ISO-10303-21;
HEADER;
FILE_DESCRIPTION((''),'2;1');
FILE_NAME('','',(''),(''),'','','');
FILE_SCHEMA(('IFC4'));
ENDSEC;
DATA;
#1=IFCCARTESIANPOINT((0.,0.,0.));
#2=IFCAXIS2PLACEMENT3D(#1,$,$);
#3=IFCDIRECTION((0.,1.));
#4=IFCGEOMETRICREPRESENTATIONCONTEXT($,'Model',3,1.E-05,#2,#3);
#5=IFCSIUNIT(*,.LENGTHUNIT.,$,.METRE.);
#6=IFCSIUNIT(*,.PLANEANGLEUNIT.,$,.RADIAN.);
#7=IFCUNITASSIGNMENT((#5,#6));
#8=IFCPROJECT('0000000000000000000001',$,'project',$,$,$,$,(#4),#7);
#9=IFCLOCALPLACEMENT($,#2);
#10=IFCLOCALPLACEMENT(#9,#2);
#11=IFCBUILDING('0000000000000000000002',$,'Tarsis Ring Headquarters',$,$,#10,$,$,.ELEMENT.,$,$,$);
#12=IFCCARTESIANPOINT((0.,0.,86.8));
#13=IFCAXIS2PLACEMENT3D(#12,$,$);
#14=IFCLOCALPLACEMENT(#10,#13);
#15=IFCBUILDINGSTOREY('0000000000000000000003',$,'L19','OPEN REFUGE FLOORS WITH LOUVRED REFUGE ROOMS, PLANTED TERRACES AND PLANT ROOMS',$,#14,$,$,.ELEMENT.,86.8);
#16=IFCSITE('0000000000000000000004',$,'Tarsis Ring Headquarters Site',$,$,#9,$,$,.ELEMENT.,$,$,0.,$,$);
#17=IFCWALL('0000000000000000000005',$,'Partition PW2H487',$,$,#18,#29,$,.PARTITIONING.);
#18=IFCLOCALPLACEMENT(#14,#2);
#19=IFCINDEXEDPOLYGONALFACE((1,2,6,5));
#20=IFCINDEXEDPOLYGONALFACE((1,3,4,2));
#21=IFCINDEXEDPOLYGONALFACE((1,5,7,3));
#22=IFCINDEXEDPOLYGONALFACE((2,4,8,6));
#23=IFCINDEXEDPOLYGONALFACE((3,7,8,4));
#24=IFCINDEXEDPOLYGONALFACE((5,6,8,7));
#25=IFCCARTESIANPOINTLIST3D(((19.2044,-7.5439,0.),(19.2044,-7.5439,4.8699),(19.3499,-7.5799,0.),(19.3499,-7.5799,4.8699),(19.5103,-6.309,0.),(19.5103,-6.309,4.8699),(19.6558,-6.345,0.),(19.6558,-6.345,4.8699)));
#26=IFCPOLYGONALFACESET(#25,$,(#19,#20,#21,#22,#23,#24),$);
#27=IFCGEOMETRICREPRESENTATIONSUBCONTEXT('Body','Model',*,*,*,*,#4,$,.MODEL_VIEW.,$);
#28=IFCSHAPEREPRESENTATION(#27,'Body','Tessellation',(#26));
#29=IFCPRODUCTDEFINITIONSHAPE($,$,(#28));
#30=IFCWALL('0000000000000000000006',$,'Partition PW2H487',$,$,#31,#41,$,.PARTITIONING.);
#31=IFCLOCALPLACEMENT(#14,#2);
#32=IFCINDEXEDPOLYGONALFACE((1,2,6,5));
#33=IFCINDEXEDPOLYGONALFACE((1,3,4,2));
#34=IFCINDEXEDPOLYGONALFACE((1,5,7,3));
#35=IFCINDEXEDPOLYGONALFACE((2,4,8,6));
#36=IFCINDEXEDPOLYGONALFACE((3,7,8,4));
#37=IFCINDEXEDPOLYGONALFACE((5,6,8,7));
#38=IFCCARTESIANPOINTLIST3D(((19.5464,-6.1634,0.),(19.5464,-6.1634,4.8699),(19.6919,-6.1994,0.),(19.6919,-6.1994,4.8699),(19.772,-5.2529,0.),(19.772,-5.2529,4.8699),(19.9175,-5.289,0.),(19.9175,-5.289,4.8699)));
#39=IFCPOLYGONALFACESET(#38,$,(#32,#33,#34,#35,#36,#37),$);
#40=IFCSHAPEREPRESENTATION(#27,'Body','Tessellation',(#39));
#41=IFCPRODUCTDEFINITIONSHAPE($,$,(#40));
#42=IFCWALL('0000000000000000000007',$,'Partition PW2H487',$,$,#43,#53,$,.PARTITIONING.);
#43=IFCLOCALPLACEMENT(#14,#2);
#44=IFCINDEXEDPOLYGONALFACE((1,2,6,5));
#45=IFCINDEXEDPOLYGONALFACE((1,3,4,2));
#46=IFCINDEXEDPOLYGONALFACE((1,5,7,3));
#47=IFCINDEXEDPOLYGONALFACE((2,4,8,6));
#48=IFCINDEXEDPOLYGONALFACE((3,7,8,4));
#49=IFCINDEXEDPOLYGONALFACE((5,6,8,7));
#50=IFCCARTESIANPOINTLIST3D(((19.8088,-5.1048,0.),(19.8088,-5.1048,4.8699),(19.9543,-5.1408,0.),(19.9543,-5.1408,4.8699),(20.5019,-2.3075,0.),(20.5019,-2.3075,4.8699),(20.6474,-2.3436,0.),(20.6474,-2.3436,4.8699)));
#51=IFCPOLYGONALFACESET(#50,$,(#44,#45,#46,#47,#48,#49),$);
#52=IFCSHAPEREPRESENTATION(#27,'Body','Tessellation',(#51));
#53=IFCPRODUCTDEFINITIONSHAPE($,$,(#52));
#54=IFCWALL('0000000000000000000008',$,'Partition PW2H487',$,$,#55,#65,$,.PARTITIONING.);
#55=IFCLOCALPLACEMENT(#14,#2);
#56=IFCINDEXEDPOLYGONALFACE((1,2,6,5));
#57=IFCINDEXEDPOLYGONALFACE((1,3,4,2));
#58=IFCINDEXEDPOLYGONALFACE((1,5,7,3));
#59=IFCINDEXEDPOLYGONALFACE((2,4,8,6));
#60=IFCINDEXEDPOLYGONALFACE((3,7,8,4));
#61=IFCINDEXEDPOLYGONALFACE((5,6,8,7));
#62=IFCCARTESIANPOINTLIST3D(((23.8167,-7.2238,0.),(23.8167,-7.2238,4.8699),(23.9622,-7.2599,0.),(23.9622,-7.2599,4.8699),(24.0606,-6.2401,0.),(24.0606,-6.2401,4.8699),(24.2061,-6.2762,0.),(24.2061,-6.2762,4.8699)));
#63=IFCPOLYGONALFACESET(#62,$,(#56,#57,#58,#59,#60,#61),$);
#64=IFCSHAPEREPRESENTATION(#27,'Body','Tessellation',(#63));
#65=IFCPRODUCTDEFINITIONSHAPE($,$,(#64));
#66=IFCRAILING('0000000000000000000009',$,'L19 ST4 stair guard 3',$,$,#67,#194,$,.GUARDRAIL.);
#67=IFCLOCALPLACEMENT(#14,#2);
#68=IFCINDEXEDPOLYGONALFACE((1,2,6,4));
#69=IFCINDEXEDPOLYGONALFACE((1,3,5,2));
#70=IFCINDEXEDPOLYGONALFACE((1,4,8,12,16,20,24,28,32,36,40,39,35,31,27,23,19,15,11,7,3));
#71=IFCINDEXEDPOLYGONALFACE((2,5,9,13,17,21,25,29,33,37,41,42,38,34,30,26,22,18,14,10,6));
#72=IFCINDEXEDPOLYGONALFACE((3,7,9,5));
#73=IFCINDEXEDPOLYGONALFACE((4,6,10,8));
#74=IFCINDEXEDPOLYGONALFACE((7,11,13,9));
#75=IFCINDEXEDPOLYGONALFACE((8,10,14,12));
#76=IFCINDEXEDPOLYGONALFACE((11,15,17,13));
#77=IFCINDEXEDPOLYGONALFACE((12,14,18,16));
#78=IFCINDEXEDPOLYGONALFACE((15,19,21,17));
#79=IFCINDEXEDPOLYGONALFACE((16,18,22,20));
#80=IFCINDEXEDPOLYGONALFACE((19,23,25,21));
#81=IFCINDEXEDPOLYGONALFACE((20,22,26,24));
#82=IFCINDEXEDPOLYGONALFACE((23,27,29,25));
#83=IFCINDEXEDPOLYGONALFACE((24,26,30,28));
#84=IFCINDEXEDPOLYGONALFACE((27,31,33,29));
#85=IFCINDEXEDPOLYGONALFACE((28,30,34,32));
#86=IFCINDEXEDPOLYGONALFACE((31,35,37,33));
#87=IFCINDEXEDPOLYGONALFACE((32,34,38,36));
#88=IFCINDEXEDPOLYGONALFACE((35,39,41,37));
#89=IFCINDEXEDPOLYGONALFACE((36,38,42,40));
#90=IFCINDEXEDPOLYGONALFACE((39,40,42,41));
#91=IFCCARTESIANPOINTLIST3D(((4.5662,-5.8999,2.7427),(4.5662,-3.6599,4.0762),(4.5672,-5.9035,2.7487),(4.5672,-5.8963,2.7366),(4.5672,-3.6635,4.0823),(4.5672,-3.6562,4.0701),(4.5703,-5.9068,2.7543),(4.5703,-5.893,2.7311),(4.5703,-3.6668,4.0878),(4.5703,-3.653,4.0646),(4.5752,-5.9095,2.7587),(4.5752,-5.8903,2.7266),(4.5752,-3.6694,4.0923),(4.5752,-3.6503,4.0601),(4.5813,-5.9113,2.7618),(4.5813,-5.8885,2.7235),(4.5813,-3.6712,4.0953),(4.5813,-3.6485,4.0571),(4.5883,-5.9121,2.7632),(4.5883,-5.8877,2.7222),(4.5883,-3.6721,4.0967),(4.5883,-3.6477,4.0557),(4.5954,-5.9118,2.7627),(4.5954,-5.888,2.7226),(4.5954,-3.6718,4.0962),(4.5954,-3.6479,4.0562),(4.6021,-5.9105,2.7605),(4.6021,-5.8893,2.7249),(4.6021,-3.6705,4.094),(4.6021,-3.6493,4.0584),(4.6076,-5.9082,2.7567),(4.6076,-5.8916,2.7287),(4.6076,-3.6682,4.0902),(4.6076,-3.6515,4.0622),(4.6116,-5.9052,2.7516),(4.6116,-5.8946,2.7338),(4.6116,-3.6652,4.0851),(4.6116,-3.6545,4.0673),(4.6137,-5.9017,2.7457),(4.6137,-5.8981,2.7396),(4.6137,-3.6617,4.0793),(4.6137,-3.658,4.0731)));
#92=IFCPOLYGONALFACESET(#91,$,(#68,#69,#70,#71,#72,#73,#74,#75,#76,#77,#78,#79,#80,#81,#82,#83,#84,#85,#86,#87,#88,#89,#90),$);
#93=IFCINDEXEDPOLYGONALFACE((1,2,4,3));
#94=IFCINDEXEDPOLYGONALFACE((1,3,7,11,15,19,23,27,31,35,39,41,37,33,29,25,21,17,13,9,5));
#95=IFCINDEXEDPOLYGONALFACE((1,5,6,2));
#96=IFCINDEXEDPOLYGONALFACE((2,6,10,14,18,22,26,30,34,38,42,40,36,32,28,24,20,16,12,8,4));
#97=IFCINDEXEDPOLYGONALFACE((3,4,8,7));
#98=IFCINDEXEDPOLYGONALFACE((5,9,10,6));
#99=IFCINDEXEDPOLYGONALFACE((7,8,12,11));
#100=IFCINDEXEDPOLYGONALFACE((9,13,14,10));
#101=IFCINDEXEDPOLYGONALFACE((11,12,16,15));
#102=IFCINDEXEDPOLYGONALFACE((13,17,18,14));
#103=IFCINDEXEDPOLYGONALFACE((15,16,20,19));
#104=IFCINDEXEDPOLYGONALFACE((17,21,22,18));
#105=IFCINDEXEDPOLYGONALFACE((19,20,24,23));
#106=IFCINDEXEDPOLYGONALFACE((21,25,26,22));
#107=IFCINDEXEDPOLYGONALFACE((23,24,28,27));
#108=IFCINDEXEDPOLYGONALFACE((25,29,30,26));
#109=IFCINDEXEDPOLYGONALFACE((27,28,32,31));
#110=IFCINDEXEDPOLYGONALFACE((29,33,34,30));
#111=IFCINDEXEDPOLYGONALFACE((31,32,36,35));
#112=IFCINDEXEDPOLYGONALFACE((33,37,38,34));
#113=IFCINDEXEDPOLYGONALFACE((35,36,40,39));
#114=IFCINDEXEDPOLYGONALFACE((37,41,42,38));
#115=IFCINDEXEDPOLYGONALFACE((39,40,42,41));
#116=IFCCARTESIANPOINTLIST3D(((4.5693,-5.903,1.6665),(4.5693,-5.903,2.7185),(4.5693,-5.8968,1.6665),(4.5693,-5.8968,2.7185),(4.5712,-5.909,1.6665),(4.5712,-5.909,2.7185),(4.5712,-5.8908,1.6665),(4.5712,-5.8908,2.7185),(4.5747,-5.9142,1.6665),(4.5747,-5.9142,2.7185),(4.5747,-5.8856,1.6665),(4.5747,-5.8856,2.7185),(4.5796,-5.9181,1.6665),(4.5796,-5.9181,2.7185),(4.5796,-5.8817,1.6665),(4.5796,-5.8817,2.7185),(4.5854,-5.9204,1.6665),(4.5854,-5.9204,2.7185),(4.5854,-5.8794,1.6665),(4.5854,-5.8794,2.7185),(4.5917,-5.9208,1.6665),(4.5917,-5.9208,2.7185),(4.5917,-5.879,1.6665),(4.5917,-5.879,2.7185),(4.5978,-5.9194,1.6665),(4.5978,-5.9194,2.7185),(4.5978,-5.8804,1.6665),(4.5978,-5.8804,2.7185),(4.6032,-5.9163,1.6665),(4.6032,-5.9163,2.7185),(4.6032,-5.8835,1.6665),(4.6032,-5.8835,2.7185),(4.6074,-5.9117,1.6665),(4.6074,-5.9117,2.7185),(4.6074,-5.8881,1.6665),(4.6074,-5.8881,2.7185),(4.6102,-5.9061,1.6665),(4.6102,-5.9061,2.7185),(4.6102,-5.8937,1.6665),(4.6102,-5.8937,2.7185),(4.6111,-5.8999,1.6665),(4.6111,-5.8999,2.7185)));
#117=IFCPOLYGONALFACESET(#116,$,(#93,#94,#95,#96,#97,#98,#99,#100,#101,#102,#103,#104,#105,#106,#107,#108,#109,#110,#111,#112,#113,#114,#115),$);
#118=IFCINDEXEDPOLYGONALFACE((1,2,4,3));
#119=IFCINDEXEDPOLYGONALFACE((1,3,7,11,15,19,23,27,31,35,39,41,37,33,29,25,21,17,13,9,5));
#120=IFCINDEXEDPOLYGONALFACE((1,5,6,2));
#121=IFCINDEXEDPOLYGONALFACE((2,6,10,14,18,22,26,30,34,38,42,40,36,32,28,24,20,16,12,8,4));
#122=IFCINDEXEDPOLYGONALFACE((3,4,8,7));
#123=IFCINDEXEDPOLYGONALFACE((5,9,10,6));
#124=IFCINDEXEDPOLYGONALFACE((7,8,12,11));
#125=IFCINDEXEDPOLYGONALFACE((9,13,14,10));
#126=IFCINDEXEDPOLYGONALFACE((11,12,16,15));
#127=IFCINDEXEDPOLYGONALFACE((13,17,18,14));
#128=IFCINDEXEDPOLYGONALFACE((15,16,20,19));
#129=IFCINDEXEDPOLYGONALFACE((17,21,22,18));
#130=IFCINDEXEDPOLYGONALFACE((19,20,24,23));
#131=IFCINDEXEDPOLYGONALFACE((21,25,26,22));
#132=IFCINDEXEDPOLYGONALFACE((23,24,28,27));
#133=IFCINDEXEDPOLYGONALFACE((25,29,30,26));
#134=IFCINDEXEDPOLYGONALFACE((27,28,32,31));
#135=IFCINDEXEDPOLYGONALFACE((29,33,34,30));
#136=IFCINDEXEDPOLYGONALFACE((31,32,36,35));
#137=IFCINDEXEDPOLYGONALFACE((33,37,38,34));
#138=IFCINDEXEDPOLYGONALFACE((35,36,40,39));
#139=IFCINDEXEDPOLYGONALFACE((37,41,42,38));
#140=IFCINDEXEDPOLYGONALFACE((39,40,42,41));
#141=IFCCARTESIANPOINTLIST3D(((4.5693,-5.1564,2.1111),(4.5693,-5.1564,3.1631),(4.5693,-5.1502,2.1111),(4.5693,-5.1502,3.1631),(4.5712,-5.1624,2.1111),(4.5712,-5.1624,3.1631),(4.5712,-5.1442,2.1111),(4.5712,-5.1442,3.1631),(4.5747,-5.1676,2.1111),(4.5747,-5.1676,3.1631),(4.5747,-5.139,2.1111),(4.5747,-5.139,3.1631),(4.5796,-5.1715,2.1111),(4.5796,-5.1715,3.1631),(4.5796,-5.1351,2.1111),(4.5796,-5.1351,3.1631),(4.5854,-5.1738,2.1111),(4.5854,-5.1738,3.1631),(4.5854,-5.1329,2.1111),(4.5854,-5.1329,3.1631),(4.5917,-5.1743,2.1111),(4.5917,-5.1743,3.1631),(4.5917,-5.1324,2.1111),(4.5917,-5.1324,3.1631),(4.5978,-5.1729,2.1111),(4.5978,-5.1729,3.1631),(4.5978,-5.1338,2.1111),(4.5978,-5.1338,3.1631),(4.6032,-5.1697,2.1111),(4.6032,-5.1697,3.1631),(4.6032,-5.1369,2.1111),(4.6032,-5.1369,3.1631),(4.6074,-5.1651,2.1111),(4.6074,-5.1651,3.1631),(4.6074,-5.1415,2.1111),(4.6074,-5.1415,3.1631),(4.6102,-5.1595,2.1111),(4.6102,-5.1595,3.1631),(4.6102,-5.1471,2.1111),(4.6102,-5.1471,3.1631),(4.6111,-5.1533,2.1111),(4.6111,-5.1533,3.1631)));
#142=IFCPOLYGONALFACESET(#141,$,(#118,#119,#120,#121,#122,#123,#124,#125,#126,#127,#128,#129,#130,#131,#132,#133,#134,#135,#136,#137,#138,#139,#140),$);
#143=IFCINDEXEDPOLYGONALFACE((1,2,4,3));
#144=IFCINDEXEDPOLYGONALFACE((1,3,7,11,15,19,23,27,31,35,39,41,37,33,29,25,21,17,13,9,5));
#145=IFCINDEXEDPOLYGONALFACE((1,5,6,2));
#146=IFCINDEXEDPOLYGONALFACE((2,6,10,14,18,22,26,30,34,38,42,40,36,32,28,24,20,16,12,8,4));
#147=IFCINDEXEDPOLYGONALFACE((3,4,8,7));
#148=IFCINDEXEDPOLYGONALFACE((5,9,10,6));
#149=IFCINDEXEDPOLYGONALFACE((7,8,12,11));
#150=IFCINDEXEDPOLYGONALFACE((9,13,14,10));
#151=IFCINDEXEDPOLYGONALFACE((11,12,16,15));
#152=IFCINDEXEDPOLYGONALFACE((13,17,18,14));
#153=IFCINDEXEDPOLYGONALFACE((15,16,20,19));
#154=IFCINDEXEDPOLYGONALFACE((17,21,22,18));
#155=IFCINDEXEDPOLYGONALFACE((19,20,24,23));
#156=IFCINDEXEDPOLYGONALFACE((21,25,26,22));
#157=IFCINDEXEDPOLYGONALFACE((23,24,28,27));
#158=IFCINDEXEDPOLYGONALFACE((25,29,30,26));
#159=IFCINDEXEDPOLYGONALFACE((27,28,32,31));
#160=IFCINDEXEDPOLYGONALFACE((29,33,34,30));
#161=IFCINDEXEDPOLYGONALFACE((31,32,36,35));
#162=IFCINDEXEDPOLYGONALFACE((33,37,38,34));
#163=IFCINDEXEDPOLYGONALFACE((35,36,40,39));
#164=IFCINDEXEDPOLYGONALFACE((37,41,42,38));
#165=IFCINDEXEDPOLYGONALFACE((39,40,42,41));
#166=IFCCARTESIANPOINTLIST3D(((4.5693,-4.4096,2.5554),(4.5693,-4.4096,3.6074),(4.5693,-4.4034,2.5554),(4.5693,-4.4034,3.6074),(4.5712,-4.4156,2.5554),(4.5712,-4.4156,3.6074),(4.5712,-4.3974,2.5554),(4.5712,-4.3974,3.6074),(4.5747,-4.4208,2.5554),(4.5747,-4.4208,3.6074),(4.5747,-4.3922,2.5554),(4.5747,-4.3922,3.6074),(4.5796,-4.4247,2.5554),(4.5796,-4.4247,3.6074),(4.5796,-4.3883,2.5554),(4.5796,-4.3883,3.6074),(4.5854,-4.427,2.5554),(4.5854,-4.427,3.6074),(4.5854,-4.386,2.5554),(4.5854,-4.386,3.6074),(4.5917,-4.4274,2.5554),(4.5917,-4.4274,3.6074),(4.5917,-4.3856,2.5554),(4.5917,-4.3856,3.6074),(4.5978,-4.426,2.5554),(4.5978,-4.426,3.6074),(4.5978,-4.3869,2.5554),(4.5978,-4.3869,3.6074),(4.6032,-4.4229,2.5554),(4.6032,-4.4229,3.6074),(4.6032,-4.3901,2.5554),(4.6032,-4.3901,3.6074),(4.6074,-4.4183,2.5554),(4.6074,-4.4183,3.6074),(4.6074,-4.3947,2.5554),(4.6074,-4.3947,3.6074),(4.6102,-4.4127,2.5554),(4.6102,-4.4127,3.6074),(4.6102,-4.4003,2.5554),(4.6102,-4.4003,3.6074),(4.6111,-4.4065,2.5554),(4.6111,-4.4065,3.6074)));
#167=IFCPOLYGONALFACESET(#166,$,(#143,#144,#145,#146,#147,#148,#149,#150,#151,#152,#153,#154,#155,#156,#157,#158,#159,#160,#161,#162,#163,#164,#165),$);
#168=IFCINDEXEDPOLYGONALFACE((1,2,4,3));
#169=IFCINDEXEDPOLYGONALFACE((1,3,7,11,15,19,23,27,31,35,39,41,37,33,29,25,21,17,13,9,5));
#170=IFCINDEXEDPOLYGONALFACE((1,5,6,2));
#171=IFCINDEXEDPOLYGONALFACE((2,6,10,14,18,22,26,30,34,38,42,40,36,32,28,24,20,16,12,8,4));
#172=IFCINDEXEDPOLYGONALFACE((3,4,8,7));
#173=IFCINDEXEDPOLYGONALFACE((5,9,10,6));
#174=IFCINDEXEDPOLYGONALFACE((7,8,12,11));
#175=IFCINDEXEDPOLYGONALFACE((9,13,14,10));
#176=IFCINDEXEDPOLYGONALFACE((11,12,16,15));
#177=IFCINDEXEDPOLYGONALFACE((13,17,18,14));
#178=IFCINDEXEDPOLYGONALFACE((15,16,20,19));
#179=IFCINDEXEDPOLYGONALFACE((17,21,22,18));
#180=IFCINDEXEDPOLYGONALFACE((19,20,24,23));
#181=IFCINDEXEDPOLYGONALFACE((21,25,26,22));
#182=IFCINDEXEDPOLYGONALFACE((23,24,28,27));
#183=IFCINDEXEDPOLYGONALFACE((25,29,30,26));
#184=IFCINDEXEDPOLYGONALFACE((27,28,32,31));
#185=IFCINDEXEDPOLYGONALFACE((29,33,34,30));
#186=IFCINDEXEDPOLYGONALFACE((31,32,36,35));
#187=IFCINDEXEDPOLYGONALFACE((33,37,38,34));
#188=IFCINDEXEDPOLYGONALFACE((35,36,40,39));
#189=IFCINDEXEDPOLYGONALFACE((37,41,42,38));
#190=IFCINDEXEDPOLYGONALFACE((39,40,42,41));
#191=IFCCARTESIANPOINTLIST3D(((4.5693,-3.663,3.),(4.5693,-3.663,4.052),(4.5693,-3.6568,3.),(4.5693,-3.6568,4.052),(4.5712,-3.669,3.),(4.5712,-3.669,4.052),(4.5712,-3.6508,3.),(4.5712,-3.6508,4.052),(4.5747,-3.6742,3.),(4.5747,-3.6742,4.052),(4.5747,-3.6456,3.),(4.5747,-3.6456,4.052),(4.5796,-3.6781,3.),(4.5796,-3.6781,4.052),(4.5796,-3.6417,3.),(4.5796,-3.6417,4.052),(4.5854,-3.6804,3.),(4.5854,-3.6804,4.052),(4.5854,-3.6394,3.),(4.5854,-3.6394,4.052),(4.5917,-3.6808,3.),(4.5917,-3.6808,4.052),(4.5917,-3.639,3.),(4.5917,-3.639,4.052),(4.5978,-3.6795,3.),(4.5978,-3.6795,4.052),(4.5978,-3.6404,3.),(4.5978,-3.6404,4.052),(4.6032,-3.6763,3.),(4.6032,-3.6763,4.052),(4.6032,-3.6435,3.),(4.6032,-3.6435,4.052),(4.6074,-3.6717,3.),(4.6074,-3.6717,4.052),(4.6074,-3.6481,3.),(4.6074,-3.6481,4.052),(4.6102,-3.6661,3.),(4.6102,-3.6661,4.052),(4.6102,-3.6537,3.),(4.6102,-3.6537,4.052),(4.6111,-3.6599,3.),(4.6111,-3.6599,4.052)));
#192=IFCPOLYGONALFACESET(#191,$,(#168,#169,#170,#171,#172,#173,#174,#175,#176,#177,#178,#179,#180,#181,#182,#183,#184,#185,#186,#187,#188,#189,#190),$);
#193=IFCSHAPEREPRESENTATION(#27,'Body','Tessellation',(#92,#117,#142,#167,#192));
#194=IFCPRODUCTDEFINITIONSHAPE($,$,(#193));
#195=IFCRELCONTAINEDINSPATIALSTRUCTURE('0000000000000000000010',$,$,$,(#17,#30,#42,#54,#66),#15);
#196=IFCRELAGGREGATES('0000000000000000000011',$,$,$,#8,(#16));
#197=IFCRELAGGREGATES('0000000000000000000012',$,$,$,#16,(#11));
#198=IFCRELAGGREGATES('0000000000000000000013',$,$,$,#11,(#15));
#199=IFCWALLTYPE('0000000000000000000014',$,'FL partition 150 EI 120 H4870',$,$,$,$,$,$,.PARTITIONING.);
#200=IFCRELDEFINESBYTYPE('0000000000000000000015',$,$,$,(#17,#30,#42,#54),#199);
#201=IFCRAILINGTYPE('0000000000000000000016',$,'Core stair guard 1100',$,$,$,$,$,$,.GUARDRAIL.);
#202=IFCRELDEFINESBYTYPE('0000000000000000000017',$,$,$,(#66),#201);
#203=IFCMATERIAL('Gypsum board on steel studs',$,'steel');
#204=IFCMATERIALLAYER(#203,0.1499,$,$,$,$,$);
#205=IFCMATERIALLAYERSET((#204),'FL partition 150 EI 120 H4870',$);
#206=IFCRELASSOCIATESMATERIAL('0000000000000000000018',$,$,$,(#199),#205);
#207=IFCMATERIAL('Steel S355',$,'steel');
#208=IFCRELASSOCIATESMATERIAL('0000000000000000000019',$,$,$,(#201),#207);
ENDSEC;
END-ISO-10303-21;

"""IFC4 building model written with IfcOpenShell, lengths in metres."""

from ifc_helpers import new_model, si_unit, direction, frame, frame_2d, origin, origin_2d, place, context, subcontext, project, spatial, rectangle, circle, extrude, material, layer, layer_set, type_object, element, save


model = new_model("IFC4")

# Units and contexts
model_context = context("Model", 3, precision=1e-05, world=origin(), true_north=direction((0.0, 1.0)))
body_context = subcontext(model_context, "Body", "Model", "MODEL_VIEW")
ifc_project = project(units=[si_unit("LENGTHUNIT", "METRE"), si_unit("PLANEANGLEUNIT", "RADIAN")], contexts=[model_context])

# Site, building, storey
site_placement = place(None, origin())
site = spatial("IfcSite", under=ifc_project, at=site_placement, Name="Tarsis Ring Headquarters Site", CompositionType="ELEMENT", RefElevation=0.0)
building_placement = place(site_placement, origin())
building = spatial("IfcBuilding", under=site, at=building_placement, Name="Tarsis Ring Headquarters", CompositionType="ELEMENT")
storey_placement = place(building_placement, frame((0.0, 0.0, 86.8)))
storey = spatial("IfcBuildingStorey", under=building, at=storey_placement, Name="L19", Description="OPEN REFUGE FLOORS WITH LOUVRED REFUGE ROOMS, PLANTED TERRACES AND PLANT ROOMS", CompositionType="ELEMENT", Elevation=86.8)

# Walls
ifc_material_1 = material(Name="Gypsum board on steel studs", Category="steel")
ifc_layer = layer(ifc_material_1, 0.1499)
ifc_layer_set = layer_set([ifc_layer], Name="FL partition 150 EI 120 H4870")
wall_type = type_object("IfcWallType", Name="FL partition 150 EI 120 H4870", PredefinedType="PARTITIONING", material=ifc_layer_set)
wall_1_placement = place(storey_placement, frame((19.2771, -7.562, 0.0), z_axis=(0.0, 0.0, 1.0), x_axis=(0.240458, 0.97066, 0.0)))
element("IfcWall", 1, at=wall_1_placement, inside=storey, type_object=wall_type, Name="Partition PW2H487", PredefinedType="PARTITIONING", context=body_context, shape_type="SweptSolid", body=[
    extrude(rectangle(XDim=1.2722, YDim=0.1499, at=frame_2d((0.6362, 0.0))), origin(), (0.0, 0.0, 1.0), 4.8699),
])
wall_2_placement = place(storey_placement, frame((19.6191, -6.1814, 0.0), z_axis=(0.0, 0.0, 1.0), x_axis=(0.240514, 0.970646, 0.0)))
element("IfcWall", 2, at=wall_2_placement, inside=storey, type_object=wall_type, Name="Partition PW2H487", PredefinedType="PARTITIONING", context=body_context, shape_type="SweptSolid", body=[
    extrude(rectangle(XDim=0.938, YDim=0.1499, at=frame_2d((0.469, 0.0))), origin(), (0.0, 0.0, 1.0), 4.8699),
])
wall_3_placement = place(storey_placement, frame((19.8816, -5.1228, 0.0), z_axis=(0.0, 0.0, 1.0), x_axis=(0.240502, 0.970649, 0.0)))
element("IfcWall", 3, at=wall_3_placement, inside=storey, type_object=wall_type, Name="Partition PW2H487", PredefinedType="PARTITIONING", context=body_context, shape_type="SweptSolid", body=[
    extrude(rectangle(XDim=2.8818, YDim=0.1499, at=frame_2d((1.4409, 0.0))), origin(), (0.0, 0.0, 1.0), 4.8699),
])
wall_4_placement = place(storey_placement, frame((23.8894, -7.2419, 0.0), z_axis=(0.0, 0.0, 1.0), x_axis=(0.240665, 0.970608, 0.0)))
element("IfcWall", 4, at=wall_4_placement, inside=storey, type_object=wall_type, Name="Partition PW2H487", PredefinedType="PARTITIONING", context=body_context, shape_type="SweptSolid", body=[
    extrude(rectangle(XDim=1.0134, YDim=0.1499, at=frame_2d((0.5068, 0.0))), origin(), (0.0, 0.0, 1.0), 4.8699),
])

# Railing
ifc_material_2 = material(Name="Steel S355", Category="steel")
railing_type_1 = type_object("IfcRailingType", Name="Core stair guard 1100", PredefinedType="GUARDRAIL", material=ifc_material_2)
for number, where, name in (
    (5, (4.5901, -5.8999, 1.6665), "L19 ST4 stair guard 3"),
):
    element("IfcRailing", number, at=place(storey_placement, frame(where)), inside=storey, type_object=railing_type_1, Name=name, PredefinedType="GUARDRAIL", context=body_context, shape_type="SweptSolid", body=[
        extrude(circle(Radius=0.0239, at=origin_2d()), frame((0.0, 0.0, 1.0762), z_axis=(0.0, 0.859264, 0.511532), x_axis=(-1.0, 0.0, 0.0)), (0.0, 0.0, 1.0), 2.6069),
        extrude(circle(Radius=0.021, at=origin_2d()), origin(), (0.0, 0.0, 1.0), 1.052),
        extrude(circle(Radius=0.021, at=origin_2d()), frame((0.0, 0.7466, 0.4446)), (0.0, 0.0, 1.0), 1.052),
        extrude(circle(Radius=0.021, at=origin_2d()), frame((0.0, 1.4934, 0.8889)), (0.0, 0.0, 1.0), 1.052),
        extrude(circle(Radius=0.021, at=origin_2d()), frame((0.0, 2.24, 1.3335)), (0.0, 0.0, 1.0), 1.052),
    ])

save(model, "model.ifc")
